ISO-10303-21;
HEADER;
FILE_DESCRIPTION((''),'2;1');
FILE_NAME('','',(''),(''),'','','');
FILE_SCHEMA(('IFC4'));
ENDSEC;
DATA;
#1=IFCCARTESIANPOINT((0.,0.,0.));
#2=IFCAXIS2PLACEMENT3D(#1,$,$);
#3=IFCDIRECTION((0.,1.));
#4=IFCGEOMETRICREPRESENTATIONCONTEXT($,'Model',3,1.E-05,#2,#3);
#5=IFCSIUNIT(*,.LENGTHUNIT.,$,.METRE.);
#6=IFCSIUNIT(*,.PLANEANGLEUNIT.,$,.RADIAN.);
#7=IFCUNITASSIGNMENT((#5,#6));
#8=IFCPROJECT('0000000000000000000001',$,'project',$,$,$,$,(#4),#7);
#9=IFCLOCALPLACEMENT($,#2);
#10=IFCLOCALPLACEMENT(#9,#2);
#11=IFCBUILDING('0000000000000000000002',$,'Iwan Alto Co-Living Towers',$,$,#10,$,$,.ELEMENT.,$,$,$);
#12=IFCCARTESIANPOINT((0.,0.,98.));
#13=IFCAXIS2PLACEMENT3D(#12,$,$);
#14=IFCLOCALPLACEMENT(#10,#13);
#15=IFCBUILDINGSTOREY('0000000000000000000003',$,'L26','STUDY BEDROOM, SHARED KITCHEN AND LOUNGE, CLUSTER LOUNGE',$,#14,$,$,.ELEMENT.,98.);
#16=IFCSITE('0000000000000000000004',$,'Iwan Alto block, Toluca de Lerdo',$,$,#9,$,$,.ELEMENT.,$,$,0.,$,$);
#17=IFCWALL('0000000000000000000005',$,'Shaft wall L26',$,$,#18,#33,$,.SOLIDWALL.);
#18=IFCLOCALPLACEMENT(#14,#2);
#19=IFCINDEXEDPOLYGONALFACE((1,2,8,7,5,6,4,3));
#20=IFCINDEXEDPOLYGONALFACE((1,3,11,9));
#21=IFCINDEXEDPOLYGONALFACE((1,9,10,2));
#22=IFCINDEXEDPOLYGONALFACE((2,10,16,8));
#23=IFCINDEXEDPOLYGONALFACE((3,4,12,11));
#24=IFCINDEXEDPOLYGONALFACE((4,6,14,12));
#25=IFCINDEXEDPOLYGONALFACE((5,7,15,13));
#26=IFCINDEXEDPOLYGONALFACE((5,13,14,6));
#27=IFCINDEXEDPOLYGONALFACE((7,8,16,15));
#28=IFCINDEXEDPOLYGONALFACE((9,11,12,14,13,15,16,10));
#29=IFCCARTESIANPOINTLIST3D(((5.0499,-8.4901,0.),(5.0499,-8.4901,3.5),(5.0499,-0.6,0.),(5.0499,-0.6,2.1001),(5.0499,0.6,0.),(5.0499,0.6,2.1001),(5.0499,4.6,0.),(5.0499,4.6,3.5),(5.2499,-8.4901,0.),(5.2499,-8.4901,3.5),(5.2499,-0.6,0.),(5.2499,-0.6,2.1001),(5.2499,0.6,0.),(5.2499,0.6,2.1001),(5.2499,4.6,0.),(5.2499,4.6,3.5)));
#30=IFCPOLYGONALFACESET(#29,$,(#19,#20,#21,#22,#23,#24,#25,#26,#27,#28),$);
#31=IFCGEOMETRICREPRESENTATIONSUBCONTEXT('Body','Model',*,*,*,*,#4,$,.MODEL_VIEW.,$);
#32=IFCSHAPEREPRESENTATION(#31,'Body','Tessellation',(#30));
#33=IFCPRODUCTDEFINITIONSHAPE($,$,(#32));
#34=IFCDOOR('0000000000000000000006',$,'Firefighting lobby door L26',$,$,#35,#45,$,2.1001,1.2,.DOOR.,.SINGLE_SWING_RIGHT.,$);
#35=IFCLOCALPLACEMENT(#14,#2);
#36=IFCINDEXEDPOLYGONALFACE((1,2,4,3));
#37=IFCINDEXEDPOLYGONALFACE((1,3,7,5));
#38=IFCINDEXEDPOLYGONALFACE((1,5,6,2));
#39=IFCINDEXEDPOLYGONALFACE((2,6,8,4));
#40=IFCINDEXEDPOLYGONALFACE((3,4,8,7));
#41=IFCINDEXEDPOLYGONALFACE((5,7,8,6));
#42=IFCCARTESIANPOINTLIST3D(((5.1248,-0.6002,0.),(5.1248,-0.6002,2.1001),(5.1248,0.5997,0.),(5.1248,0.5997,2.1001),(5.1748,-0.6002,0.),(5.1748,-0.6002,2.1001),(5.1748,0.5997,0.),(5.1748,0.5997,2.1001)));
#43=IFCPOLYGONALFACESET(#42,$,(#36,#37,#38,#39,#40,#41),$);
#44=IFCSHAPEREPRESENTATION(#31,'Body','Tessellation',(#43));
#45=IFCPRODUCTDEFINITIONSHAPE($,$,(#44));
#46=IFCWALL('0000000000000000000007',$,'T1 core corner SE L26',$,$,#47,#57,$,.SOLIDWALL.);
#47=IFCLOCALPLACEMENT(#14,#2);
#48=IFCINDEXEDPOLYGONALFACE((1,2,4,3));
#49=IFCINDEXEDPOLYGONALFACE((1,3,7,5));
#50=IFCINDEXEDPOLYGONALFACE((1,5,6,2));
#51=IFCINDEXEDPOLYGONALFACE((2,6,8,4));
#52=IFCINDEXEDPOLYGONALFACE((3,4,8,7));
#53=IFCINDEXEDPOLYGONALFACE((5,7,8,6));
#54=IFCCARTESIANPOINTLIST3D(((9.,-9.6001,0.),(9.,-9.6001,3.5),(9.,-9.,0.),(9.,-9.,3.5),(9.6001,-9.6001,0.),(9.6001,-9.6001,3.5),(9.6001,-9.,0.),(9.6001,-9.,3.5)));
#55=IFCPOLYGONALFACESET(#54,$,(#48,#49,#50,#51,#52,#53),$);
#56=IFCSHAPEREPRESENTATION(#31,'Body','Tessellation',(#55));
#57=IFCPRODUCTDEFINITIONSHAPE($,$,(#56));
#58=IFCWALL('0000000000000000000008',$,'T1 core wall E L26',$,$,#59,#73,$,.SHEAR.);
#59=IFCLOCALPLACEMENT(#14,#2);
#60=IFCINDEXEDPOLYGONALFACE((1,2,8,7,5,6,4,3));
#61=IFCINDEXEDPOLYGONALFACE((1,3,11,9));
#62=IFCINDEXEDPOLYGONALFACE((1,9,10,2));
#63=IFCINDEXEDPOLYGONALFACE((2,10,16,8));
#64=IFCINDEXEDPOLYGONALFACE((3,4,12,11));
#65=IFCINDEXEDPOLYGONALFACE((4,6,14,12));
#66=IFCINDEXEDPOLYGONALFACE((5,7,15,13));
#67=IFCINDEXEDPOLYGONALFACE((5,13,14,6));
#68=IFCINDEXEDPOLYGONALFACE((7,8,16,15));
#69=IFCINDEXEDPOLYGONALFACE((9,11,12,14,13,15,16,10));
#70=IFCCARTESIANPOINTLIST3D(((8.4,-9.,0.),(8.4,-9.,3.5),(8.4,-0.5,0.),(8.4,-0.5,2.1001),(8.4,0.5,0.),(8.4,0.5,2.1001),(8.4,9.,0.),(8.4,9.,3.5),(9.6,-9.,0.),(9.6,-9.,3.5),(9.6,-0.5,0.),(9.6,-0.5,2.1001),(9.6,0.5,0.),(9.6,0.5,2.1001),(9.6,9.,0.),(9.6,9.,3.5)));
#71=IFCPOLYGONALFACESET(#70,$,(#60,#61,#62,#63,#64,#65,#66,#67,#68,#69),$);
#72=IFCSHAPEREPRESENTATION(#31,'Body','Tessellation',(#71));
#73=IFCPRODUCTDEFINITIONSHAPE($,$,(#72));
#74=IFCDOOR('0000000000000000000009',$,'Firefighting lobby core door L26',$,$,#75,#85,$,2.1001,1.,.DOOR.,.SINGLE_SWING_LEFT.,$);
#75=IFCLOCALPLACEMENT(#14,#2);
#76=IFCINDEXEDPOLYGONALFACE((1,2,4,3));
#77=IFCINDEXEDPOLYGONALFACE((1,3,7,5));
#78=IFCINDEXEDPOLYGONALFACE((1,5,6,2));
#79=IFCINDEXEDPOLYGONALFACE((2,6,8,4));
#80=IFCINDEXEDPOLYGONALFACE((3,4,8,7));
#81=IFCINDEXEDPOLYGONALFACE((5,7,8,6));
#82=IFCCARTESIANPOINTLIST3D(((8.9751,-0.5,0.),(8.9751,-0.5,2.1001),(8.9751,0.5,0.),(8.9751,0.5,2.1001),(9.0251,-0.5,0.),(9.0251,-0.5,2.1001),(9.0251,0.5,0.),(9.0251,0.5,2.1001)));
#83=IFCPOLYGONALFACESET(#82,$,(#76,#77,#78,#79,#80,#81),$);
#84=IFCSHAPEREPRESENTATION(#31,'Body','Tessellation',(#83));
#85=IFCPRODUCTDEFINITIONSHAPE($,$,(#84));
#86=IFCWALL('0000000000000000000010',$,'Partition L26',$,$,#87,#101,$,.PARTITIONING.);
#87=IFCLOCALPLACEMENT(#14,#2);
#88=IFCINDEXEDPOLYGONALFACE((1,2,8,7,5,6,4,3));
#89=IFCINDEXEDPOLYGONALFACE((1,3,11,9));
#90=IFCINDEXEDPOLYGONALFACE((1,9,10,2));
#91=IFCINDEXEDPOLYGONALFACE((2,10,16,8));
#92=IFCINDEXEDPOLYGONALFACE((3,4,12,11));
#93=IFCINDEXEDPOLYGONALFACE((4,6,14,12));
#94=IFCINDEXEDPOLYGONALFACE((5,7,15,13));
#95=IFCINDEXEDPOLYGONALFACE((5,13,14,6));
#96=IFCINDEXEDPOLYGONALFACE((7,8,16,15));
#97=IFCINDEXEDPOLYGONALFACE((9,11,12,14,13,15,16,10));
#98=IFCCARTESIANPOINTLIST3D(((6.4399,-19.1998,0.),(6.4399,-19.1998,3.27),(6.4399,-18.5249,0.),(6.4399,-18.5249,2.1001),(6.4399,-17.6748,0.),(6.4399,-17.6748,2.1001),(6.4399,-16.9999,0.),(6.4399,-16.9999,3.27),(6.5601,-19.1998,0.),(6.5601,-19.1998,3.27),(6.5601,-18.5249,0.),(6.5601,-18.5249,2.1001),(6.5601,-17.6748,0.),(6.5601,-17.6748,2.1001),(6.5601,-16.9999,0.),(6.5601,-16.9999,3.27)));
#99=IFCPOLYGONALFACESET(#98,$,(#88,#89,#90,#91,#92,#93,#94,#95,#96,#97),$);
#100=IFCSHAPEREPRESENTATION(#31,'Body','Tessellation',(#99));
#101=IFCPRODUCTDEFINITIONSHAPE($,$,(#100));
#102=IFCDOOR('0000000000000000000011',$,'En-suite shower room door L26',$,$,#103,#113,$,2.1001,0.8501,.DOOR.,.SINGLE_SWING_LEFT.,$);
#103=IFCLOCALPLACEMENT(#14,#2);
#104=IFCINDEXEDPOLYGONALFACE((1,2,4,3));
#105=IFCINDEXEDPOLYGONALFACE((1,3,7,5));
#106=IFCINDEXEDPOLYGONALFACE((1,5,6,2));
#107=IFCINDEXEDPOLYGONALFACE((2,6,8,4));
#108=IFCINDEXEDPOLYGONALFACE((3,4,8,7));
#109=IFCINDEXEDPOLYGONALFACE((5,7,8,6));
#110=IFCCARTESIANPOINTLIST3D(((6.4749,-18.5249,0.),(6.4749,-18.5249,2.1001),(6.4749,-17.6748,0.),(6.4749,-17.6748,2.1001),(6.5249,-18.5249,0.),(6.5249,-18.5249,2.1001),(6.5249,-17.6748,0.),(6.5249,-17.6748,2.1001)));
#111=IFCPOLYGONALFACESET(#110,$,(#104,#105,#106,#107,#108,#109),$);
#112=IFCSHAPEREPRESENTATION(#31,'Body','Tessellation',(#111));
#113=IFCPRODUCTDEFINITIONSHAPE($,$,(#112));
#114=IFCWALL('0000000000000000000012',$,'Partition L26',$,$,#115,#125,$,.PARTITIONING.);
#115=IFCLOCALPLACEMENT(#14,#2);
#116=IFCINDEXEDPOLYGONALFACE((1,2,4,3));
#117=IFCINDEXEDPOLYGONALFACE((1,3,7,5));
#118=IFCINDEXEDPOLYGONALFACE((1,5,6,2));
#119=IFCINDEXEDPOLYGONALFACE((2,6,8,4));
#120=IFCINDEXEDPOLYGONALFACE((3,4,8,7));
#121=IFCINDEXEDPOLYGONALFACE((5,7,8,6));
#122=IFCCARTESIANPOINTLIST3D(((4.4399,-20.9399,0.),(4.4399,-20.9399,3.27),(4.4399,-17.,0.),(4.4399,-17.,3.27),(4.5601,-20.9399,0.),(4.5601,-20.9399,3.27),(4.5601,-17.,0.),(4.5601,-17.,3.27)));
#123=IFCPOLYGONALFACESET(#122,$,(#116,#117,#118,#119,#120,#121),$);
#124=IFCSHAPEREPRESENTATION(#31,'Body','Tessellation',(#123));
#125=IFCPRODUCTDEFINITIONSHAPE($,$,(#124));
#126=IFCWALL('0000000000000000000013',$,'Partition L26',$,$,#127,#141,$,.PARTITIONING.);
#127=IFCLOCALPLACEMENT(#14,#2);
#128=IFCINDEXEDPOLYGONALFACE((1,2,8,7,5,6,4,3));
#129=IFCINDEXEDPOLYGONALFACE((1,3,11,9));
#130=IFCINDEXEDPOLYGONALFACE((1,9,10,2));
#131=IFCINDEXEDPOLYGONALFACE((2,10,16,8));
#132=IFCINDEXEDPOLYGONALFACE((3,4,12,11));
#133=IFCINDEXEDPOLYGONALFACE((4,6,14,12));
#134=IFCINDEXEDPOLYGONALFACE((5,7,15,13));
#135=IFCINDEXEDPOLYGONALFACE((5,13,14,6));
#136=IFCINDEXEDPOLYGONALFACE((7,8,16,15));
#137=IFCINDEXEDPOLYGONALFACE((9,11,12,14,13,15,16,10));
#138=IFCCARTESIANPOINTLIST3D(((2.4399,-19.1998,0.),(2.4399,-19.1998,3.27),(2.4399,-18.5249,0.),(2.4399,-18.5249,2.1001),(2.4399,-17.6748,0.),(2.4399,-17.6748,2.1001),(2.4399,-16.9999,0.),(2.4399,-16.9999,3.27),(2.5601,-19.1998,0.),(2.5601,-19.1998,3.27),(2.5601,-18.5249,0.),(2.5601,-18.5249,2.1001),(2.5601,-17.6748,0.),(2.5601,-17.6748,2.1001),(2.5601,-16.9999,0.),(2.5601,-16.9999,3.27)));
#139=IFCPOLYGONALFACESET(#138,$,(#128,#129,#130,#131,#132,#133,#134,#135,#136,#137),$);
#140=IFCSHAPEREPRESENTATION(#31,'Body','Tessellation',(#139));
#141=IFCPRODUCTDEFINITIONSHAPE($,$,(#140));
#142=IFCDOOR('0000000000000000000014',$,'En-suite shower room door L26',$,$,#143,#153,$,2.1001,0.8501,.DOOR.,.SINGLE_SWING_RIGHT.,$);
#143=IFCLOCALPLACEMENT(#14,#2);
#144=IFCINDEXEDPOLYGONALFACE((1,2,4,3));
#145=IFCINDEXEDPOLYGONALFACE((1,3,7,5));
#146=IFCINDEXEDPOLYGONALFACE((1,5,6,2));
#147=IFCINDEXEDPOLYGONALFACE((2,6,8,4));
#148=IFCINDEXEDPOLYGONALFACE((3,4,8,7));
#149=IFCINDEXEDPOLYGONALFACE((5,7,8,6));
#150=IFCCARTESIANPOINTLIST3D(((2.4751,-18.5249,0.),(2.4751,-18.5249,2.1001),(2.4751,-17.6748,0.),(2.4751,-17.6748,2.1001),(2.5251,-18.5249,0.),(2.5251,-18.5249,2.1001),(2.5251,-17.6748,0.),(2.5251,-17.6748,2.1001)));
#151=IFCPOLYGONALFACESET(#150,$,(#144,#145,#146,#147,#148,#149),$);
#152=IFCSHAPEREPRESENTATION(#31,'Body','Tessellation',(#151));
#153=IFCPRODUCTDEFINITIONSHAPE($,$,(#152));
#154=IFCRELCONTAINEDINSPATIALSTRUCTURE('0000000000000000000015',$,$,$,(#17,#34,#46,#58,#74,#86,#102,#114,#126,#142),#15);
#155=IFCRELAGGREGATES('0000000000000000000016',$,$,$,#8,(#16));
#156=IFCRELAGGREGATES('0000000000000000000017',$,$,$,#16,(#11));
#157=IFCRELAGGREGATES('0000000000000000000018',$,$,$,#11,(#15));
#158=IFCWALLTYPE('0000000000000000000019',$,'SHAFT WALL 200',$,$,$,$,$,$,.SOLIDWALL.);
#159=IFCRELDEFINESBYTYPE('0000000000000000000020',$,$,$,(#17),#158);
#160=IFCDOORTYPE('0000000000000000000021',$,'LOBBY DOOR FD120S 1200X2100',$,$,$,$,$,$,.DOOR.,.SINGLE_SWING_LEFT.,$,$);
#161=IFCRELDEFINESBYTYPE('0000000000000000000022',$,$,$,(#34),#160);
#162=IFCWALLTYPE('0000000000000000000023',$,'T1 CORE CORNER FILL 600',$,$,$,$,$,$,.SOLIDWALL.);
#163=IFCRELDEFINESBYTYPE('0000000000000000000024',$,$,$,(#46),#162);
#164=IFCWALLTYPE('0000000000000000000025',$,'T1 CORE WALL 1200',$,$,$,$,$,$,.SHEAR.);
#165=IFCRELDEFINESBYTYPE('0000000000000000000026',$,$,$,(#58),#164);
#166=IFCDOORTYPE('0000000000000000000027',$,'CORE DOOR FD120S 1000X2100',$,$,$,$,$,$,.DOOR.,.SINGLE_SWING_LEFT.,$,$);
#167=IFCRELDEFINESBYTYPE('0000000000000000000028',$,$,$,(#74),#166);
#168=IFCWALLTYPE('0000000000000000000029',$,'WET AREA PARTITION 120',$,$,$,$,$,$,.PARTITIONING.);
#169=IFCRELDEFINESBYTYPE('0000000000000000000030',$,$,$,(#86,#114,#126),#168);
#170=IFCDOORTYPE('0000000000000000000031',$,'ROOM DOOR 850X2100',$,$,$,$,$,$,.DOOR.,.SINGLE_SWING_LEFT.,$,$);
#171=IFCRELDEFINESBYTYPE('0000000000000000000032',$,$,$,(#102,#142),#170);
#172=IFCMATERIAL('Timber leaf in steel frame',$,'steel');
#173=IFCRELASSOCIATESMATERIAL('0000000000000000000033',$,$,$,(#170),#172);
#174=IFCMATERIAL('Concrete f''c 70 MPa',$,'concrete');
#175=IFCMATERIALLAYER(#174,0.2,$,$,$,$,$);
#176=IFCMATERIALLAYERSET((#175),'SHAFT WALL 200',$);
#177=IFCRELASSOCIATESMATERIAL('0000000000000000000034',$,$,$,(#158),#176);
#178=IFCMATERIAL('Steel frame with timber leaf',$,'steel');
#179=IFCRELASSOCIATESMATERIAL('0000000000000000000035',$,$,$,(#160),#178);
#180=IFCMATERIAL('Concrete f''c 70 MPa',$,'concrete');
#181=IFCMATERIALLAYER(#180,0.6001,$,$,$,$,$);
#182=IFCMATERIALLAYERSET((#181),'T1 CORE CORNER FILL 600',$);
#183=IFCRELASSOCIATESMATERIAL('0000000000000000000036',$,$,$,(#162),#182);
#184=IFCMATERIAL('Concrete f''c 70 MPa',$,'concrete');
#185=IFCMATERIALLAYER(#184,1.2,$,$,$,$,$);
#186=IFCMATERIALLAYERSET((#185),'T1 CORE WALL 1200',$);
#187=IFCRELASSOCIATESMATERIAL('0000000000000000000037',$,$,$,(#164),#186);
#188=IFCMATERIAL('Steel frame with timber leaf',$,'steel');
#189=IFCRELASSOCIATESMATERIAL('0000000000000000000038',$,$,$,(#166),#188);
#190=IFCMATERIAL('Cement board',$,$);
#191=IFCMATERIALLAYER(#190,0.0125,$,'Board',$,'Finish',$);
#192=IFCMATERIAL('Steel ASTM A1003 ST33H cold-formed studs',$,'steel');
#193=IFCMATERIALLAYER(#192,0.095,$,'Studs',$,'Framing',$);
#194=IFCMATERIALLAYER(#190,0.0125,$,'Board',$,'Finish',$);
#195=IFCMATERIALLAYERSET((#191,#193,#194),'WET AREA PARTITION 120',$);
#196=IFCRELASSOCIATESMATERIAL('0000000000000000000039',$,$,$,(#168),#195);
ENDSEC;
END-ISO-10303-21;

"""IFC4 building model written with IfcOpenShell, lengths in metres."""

from ifc_helpers import new_model, si_unit, direction, frame, frame_2d, origin, place, context, subcontext, project, spatial, rectangle, extrude, material, layer, layer_set, type_object, element, fill, save


model = new_model("IFC4")

# Units and contexts
model_context = context("Model", 3, precision=1e-05, world=origin(), true_north=direction((0.0, 1.0)))
body_context = subcontext(model_context, "Body", "Model", "MODEL_VIEW")
ifc_project = project(units=[si_unit("LENGTHUNIT", "METRE"), si_unit("PLANEANGLEUNIT", "RADIAN")], contexts=[model_context])

# Site, building, storey
site_placement = place(None, origin())
site = spatial("IfcSite", under=ifc_project, at=site_placement, Name="Iwan Alto block, Toluca de Lerdo", CompositionType="ELEMENT", RefElevation=0.0)
building_placement = place(site_placement, origin())
building = spatial("IfcBuilding", under=site, at=building_placement, Name="Iwan Alto Co-Living Towers", CompositionType="ELEMENT")
storey_placement = place(building_placement, frame((0.0, 0.0, 98.0)))
storey = spatial("IfcBuildingStorey", under=building, at=storey_placement, Name="L26", Description="STUDY BEDROOM, SHARED KITCHEN AND LOUNGE, CLUSTER LOUNGE", CompositionType="ELEMENT", Elevation=98.0)

# Shared definitions
ifc_material_1 = material(Name="Steel ASTM A1003 ST33H cold-formed studs", Category="steel")

# Shared definitions
ifc_material_2 = material(Name="Timber leaf in steel frame", Category="steel")
door_type_1 = type_object("IfcDoorType", Name="ROOM DOOR 850X2100", OperationType="SINGLE_SWING_LEFT", PredefinedType="DOOR", material=ifc_material_2)

# Wall, opening, door
ifc_material_3 = material(Name="Concrete f'c 70 MPa", Category="concrete")
ifc_layer_1 = layer(ifc_material_3, 0.2)
ifc_layer_set_1 = layer_set([ifc_layer_1], Name="SHAFT WALL 200")
wall_type_1 = type_object("IfcWallType", Name="SHAFT WALL 200", PredefinedType="SOLIDWALL", material=ifc_layer_set_1)
wall_1_placement = place(storey_placement, frame((5.1499, -8.49, 0.0), z_axis=(0.0, 0.0, 1.0), x_axis=(0.0, 1.0, 0.0)))
wall_1 = element("IfcWall", 1, at=wall_1_placement, inside=storey, type_object=wall_type_1, Name="Shaft wall L26", PredefinedType="SOLIDWALL", context=body_context, shape_type="SweptSolid", body=[
    extrude(rectangle(XDim=13.0901, YDim=0.2, at=frame_2d((6.5449, 0.0))), origin(), (0.0, 0.0, 1.0), 3.5),
])
opening_1_placement = place(wall_1_placement, frame((7.8899, 0.0, 0.0)))
opening_1 = element("IfcOpeningElement", 2, at=opening_1_placement, cuts=wall_1, PredefinedType="OPENING", context=body_context, shape_type="SweptSolid", body=[
    extrude(rectangle(XDim=1.2, YDim=2.1001, at=frame_2d((0.6001, 1.05))), frame((0.0, 0.1099, 0.0), z_axis=(0.0, -1.0, 0.0), x_axis=(1.0, 0.0, 0.0)), (0.0, 0.0, 1.0), 0.22),
])
ifc_material_4 = material(Name="Steel frame with timber leaf", Category="steel")
door_type_2 = type_object("IfcDoorType", Name="LOBBY DOOR FD120S 1200X2100", OperationType="SINGLE_SWING_LEFT", PredefinedType="DOOR", material=ifc_material_4)
door_1_placement = place(opening_1_placement, frame((1.2, 0.0, 0.0), z_axis=(0.0, 0.0, 1.0), x_axis=(-1.0, 0.0, 0.0)))
door_1 = element("IfcDoor", 3, at=door_1_placement, inside=storey, type_object=door_type_2, Name="Firefighting lobby door L26", OperationType="SINGLE_SWING_RIGHT", OverallHeight=2.1001, OverallWidth=1.2, PredefinedType="DOOR", context=body_context, shape_type="SweptSolid", body=[
    extrude(rectangle(XDim=1.2, YDim=2.1001, at=frame_2d((0.6001, 1.05))), frame((0.0, 0.0249, 0.0), z_axis=(0.0, -1.0, 0.0), x_axis=(1.0, 0.0, 0.0)), (0.0, 0.0, 1.0), 0.05),
])
fill(opening_1, door_1)

# Wall
ifc_material_5 = material(Name="Concrete f'c 70 MPa", Category="concrete")
ifc_layer_2 = layer(ifc_material_5, 0.6001)
ifc_layer_set_2 = layer_set([ifc_layer_2], Name="T1 CORE CORNER FILL 600")
wall_type_2 = type_object("IfcWallType", Name="T1 CORE CORNER FILL 600", PredefinedType="SOLIDWALL", material=ifc_layer_set_2)
wall_2_placement = place(storey_placement, frame((9.0, -9.3, 0.0), z_axis=(0.0, 0.0, 1.0), x_axis=(1.0, 0.0, 0.0)))
element("IfcWall", 4, at=wall_2_placement, inside=storey, type_object=wall_type_2, Name="T1 core corner SE L26", PredefinedType="SOLIDWALL", context=body_context, shape_type="SweptSolid", body=[
    extrude(rectangle(XDim=0.6001, YDim=0.6001, at=frame_2d((0.3, 0.0))), origin(), (0.0, 0.0, 1.0), 3.5),
])

# Walls, openings, doors
ifc_material_6 = material(Name="Concrete f'c 70 MPa", Category="concrete")
ifc_layer_3 = layer(ifc_material_6, 1.2)
ifc_layer_set_3 = layer_set([ifc_layer_3], Name="T1 CORE WALL 1200")
wall_type_3 = type_object("IfcWallType", Name="T1 CORE WALL 1200", PredefinedType="SHEAR", material=ifc_layer_set_3)
wall_3_placement = place(storey_placement, frame((9.0, -9.0, 0.0), z_axis=(0.0, 0.0, 1.0), x_axis=(0.0, 1.0, 0.0)))
wall_3 = element("IfcWall", 5, at=wall_3_placement, inside=storey, type_object=wall_type_3, Name="T1 core wall E L26", PredefinedType="SHEAR", context=body_context, shape_type="SweptSolid", body=[
    extrude(rectangle(XDim=18.0, YDim=1.2, at=frame_2d((9.0, 0.0))), origin(), (0.0, 0.0, 1.0), 3.5),
])
opening_2_placement = place(wall_3_placement, frame((8.5, 0.0, 0.0)))
opening_2 = element("IfcOpeningElement", 6, at=opening_2_placement, cuts=wall_3, PredefinedType="OPENING", context=body_context, shape_type="SweptSolid", body=[
    extrude(rectangle(XDim=1.0, YDim=2.1001, at=frame_2d((0.5, 1.05))), frame((0.0, 0.6099, 0.0), z_axis=(0.0, -1.0, 0.0), x_axis=(1.0, 0.0, 0.0)), (0.0, 0.0, 1.0), 1.22),
])
ifc_material_7 = material(Name="Steel frame with timber leaf", Category="steel")
door_type_3 = type_object("IfcDoorType", Name="CORE DOOR FD120S 1000X2100", OperationType="SINGLE_SWING_LEFT", PredefinedType="DOOR", material=ifc_material_7)
door_2_placement = place(opening_2_placement, origin())
door_2 = element("IfcDoor", 7, at=door_2_placement, inside=storey, type_object=door_type_3, Name="Firefighting lobby core door L26", OperationType="SINGLE_SWING_LEFT", OverallHeight=2.1001, OverallWidth=1.0, PredefinedType="DOOR", context=body_context, shape_type="SweptSolid", body=[
    extrude(rectangle(XDim=1.0, YDim=2.1001, at=frame_2d((0.5, 1.05))), frame((0.0, 0.0249, 0.0), z_axis=(0.0, -1.0, 0.0), x_axis=(1.0, 0.0, 0.0)), (0.0, 0.0, 1.0), 0.05),
])
fill(opening_2, door_2)
ifc_material_8 = material(Name="Cement board")
ifc_layer_4 = layer(ifc_material_8, 0.0125, Name="Board", Category="Finish")
ifc_layer_5 = layer(ifc_material_1, 0.095, Name="Studs", Category="Framing")
ifc_layer_6 = layer(ifc_material_8, 0.0125, Name="Board", Category="Finish")
ifc_layer_set_4 = layer_set([ifc_layer_4, ifc_layer_5, ifc_layer_6], Name="WET AREA PARTITION 120")
wall_type_4 = type_object("IfcWallType", Name="WET AREA PARTITION 120", PredefinedType="PARTITIONING", material=ifc_layer_set_4)
wall_4_placement = place(storey_placement, frame((6.5, -19.2, 0.0), z_axis=(0.0, 0.0, 1.0), x_axis=(0.0, 1.0, 0.0)))
wall_4 = element("IfcWall", 8, at=wall_4_placement, inside=storey, type_object=wall_type_4, Name="Partition L26", PredefinedType="PARTITIONING", context=body_context, shape_type="SweptSolid", body=[
    extrude(rectangle(XDim=2.2, YDim=0.1201, at=frame_2d((1.1001, 0.0))), origin(), (0.0, 0.0, 1.0), 3.27),
])
opening_3_placement = place(wall_4_placement, frame((0.675, 0.0, 0.0)))
opening_3 = element("IfcOpeningElement", 9, at=opening_3_placement, cuts=wall_4, PredefinedType="OPENING", context=body_context, shape_type="SweptSolid", body=[
    extrude(rectangle(XDim=0.8501, YDim=2.1001, at=frame_2d((0.425, 1.05))), frame((0.0, 0.0701, 0.0), z_axis=(0.0, -1.0, 0.0), x_axis=(1.0, 0.0, 0.0)), (0.0, 0.0, 1.0), 0.1401),
])
door_3_placement = place(opening_3_placement, frame((0.8501, 0.0, 0.0), z_axis=(0.0, 0.0, 1.0), x_axis=(-1.0, 0.0, 0.0)))
door_3 = element("IfcDoor", 10, at=door_3_placement, inside=storey, type_object=door_type_1, Name="En-suite shower room door L26", OperationType="SINGLE_SWING_LEFT", OverallHeight=2.1001, OverallWidth=0.8501, PredefinedType="DOOR", context=body_context, shape_type="SweptSolid", body=[
    extrude(rectangle(XDim=0.8501, YDim=2.1001, at=frame_2d((0.425, 1.05))), frame((0.0, 0.0249, 0.0), z_axis=(0.0, -1.0, 0.0), x_axis=(1.0, 0.0, 0.0)), (0.0, 0.0, 1.0), 0.05),
])
fill(opening_3, door_3)

# Wall
wall_5_placement = place(storey_placement, frame((4.5, -20.9399, 0.0), z_axis=(0.0, 0.0, 1.0), x_axis=(0.0, 1.0, 0.0)))
element("IfcWall", 11, at=wall_5_placement, inside=storey, type_object=wall_type_4, Name="Partition L26", PredefinedType="PARTITIONING", context=body_context, shape_type="SweptSolid", body=[
    extrude(rectangle(XDim=3.9399, YDim=0.1201, at=frame_2d((1.97, 0.0))), origin(), (0.0, 0.0, 1.0), 3.27),
])

# Wall, opening, door
wall_6_placement = place(storey_placement, frame((2.5, -19.2, 0.0), z_axis=(0.0, 0.0, 1.0), x_axis=(0.0, 1.0, 0.0)))
wall_6 = element("IfcWall", 12, at=wall_6_placement, inside=storey, type_object=wall_type_4, Name="Partition L26", PredefinedType="PARTITIONING", context=body_context, shape_type="SweptSolid", body=[
    extrude(rectangle(XDim=2.2, YDim=0.1201, at=frame_2d((1.1001, 0.0))), origin(), (0.0, 0.0, 1.0), 3.27),
])
opening_4_placement = place(wall_6_placement, frame((0.675, 0.0, 0.0)))
opening_4 = element("IfcOpeningElement", 13, at=opening_4_placement, cuts=wall_6, PredefinedType="OPENING", context=body_context, shape_type="SweptSolid", body=[
    extrude(rectangle(XDim=0.8501, YDim=2.1001, at=frame_2d((0.425, 1.05))), frame((0.0, 0.0701, 0.0), z_axis=(0.0, -1.0, 0.0), x_axis=(1.0, 0.0, 0.0)), (0.0, 0.0, 1.0), 0.1401),
])
door_4_placement = place(opening_4_placement, origin())
door_4 = element("IfcDoor", 14, at=door_4_placement, inside=storey, type_object=door_type_1, Name="En-suite shower room door L26", OperationType="SINGLE_SWING_RIGHT", OverallHeight=2.1001, OverallWidth=0.8501, PredefinedType="DOOR", context=body_context, shape_type="SweptSolid", body=[
    extrude(rectangle(XDim=0.8501, YDim=2.1001, at=frame_2d((0.425, 1.05))), frame((0.0, 0.0249, 0.0), z_axis=(0.0, -1.0, 0.0), x_axis=(1.0, 0.0, 0.0)), (0.0, 0.0, 1.0), 0.05),
])
fill(opening_4, door_4)

save(model, "model.ifc")
